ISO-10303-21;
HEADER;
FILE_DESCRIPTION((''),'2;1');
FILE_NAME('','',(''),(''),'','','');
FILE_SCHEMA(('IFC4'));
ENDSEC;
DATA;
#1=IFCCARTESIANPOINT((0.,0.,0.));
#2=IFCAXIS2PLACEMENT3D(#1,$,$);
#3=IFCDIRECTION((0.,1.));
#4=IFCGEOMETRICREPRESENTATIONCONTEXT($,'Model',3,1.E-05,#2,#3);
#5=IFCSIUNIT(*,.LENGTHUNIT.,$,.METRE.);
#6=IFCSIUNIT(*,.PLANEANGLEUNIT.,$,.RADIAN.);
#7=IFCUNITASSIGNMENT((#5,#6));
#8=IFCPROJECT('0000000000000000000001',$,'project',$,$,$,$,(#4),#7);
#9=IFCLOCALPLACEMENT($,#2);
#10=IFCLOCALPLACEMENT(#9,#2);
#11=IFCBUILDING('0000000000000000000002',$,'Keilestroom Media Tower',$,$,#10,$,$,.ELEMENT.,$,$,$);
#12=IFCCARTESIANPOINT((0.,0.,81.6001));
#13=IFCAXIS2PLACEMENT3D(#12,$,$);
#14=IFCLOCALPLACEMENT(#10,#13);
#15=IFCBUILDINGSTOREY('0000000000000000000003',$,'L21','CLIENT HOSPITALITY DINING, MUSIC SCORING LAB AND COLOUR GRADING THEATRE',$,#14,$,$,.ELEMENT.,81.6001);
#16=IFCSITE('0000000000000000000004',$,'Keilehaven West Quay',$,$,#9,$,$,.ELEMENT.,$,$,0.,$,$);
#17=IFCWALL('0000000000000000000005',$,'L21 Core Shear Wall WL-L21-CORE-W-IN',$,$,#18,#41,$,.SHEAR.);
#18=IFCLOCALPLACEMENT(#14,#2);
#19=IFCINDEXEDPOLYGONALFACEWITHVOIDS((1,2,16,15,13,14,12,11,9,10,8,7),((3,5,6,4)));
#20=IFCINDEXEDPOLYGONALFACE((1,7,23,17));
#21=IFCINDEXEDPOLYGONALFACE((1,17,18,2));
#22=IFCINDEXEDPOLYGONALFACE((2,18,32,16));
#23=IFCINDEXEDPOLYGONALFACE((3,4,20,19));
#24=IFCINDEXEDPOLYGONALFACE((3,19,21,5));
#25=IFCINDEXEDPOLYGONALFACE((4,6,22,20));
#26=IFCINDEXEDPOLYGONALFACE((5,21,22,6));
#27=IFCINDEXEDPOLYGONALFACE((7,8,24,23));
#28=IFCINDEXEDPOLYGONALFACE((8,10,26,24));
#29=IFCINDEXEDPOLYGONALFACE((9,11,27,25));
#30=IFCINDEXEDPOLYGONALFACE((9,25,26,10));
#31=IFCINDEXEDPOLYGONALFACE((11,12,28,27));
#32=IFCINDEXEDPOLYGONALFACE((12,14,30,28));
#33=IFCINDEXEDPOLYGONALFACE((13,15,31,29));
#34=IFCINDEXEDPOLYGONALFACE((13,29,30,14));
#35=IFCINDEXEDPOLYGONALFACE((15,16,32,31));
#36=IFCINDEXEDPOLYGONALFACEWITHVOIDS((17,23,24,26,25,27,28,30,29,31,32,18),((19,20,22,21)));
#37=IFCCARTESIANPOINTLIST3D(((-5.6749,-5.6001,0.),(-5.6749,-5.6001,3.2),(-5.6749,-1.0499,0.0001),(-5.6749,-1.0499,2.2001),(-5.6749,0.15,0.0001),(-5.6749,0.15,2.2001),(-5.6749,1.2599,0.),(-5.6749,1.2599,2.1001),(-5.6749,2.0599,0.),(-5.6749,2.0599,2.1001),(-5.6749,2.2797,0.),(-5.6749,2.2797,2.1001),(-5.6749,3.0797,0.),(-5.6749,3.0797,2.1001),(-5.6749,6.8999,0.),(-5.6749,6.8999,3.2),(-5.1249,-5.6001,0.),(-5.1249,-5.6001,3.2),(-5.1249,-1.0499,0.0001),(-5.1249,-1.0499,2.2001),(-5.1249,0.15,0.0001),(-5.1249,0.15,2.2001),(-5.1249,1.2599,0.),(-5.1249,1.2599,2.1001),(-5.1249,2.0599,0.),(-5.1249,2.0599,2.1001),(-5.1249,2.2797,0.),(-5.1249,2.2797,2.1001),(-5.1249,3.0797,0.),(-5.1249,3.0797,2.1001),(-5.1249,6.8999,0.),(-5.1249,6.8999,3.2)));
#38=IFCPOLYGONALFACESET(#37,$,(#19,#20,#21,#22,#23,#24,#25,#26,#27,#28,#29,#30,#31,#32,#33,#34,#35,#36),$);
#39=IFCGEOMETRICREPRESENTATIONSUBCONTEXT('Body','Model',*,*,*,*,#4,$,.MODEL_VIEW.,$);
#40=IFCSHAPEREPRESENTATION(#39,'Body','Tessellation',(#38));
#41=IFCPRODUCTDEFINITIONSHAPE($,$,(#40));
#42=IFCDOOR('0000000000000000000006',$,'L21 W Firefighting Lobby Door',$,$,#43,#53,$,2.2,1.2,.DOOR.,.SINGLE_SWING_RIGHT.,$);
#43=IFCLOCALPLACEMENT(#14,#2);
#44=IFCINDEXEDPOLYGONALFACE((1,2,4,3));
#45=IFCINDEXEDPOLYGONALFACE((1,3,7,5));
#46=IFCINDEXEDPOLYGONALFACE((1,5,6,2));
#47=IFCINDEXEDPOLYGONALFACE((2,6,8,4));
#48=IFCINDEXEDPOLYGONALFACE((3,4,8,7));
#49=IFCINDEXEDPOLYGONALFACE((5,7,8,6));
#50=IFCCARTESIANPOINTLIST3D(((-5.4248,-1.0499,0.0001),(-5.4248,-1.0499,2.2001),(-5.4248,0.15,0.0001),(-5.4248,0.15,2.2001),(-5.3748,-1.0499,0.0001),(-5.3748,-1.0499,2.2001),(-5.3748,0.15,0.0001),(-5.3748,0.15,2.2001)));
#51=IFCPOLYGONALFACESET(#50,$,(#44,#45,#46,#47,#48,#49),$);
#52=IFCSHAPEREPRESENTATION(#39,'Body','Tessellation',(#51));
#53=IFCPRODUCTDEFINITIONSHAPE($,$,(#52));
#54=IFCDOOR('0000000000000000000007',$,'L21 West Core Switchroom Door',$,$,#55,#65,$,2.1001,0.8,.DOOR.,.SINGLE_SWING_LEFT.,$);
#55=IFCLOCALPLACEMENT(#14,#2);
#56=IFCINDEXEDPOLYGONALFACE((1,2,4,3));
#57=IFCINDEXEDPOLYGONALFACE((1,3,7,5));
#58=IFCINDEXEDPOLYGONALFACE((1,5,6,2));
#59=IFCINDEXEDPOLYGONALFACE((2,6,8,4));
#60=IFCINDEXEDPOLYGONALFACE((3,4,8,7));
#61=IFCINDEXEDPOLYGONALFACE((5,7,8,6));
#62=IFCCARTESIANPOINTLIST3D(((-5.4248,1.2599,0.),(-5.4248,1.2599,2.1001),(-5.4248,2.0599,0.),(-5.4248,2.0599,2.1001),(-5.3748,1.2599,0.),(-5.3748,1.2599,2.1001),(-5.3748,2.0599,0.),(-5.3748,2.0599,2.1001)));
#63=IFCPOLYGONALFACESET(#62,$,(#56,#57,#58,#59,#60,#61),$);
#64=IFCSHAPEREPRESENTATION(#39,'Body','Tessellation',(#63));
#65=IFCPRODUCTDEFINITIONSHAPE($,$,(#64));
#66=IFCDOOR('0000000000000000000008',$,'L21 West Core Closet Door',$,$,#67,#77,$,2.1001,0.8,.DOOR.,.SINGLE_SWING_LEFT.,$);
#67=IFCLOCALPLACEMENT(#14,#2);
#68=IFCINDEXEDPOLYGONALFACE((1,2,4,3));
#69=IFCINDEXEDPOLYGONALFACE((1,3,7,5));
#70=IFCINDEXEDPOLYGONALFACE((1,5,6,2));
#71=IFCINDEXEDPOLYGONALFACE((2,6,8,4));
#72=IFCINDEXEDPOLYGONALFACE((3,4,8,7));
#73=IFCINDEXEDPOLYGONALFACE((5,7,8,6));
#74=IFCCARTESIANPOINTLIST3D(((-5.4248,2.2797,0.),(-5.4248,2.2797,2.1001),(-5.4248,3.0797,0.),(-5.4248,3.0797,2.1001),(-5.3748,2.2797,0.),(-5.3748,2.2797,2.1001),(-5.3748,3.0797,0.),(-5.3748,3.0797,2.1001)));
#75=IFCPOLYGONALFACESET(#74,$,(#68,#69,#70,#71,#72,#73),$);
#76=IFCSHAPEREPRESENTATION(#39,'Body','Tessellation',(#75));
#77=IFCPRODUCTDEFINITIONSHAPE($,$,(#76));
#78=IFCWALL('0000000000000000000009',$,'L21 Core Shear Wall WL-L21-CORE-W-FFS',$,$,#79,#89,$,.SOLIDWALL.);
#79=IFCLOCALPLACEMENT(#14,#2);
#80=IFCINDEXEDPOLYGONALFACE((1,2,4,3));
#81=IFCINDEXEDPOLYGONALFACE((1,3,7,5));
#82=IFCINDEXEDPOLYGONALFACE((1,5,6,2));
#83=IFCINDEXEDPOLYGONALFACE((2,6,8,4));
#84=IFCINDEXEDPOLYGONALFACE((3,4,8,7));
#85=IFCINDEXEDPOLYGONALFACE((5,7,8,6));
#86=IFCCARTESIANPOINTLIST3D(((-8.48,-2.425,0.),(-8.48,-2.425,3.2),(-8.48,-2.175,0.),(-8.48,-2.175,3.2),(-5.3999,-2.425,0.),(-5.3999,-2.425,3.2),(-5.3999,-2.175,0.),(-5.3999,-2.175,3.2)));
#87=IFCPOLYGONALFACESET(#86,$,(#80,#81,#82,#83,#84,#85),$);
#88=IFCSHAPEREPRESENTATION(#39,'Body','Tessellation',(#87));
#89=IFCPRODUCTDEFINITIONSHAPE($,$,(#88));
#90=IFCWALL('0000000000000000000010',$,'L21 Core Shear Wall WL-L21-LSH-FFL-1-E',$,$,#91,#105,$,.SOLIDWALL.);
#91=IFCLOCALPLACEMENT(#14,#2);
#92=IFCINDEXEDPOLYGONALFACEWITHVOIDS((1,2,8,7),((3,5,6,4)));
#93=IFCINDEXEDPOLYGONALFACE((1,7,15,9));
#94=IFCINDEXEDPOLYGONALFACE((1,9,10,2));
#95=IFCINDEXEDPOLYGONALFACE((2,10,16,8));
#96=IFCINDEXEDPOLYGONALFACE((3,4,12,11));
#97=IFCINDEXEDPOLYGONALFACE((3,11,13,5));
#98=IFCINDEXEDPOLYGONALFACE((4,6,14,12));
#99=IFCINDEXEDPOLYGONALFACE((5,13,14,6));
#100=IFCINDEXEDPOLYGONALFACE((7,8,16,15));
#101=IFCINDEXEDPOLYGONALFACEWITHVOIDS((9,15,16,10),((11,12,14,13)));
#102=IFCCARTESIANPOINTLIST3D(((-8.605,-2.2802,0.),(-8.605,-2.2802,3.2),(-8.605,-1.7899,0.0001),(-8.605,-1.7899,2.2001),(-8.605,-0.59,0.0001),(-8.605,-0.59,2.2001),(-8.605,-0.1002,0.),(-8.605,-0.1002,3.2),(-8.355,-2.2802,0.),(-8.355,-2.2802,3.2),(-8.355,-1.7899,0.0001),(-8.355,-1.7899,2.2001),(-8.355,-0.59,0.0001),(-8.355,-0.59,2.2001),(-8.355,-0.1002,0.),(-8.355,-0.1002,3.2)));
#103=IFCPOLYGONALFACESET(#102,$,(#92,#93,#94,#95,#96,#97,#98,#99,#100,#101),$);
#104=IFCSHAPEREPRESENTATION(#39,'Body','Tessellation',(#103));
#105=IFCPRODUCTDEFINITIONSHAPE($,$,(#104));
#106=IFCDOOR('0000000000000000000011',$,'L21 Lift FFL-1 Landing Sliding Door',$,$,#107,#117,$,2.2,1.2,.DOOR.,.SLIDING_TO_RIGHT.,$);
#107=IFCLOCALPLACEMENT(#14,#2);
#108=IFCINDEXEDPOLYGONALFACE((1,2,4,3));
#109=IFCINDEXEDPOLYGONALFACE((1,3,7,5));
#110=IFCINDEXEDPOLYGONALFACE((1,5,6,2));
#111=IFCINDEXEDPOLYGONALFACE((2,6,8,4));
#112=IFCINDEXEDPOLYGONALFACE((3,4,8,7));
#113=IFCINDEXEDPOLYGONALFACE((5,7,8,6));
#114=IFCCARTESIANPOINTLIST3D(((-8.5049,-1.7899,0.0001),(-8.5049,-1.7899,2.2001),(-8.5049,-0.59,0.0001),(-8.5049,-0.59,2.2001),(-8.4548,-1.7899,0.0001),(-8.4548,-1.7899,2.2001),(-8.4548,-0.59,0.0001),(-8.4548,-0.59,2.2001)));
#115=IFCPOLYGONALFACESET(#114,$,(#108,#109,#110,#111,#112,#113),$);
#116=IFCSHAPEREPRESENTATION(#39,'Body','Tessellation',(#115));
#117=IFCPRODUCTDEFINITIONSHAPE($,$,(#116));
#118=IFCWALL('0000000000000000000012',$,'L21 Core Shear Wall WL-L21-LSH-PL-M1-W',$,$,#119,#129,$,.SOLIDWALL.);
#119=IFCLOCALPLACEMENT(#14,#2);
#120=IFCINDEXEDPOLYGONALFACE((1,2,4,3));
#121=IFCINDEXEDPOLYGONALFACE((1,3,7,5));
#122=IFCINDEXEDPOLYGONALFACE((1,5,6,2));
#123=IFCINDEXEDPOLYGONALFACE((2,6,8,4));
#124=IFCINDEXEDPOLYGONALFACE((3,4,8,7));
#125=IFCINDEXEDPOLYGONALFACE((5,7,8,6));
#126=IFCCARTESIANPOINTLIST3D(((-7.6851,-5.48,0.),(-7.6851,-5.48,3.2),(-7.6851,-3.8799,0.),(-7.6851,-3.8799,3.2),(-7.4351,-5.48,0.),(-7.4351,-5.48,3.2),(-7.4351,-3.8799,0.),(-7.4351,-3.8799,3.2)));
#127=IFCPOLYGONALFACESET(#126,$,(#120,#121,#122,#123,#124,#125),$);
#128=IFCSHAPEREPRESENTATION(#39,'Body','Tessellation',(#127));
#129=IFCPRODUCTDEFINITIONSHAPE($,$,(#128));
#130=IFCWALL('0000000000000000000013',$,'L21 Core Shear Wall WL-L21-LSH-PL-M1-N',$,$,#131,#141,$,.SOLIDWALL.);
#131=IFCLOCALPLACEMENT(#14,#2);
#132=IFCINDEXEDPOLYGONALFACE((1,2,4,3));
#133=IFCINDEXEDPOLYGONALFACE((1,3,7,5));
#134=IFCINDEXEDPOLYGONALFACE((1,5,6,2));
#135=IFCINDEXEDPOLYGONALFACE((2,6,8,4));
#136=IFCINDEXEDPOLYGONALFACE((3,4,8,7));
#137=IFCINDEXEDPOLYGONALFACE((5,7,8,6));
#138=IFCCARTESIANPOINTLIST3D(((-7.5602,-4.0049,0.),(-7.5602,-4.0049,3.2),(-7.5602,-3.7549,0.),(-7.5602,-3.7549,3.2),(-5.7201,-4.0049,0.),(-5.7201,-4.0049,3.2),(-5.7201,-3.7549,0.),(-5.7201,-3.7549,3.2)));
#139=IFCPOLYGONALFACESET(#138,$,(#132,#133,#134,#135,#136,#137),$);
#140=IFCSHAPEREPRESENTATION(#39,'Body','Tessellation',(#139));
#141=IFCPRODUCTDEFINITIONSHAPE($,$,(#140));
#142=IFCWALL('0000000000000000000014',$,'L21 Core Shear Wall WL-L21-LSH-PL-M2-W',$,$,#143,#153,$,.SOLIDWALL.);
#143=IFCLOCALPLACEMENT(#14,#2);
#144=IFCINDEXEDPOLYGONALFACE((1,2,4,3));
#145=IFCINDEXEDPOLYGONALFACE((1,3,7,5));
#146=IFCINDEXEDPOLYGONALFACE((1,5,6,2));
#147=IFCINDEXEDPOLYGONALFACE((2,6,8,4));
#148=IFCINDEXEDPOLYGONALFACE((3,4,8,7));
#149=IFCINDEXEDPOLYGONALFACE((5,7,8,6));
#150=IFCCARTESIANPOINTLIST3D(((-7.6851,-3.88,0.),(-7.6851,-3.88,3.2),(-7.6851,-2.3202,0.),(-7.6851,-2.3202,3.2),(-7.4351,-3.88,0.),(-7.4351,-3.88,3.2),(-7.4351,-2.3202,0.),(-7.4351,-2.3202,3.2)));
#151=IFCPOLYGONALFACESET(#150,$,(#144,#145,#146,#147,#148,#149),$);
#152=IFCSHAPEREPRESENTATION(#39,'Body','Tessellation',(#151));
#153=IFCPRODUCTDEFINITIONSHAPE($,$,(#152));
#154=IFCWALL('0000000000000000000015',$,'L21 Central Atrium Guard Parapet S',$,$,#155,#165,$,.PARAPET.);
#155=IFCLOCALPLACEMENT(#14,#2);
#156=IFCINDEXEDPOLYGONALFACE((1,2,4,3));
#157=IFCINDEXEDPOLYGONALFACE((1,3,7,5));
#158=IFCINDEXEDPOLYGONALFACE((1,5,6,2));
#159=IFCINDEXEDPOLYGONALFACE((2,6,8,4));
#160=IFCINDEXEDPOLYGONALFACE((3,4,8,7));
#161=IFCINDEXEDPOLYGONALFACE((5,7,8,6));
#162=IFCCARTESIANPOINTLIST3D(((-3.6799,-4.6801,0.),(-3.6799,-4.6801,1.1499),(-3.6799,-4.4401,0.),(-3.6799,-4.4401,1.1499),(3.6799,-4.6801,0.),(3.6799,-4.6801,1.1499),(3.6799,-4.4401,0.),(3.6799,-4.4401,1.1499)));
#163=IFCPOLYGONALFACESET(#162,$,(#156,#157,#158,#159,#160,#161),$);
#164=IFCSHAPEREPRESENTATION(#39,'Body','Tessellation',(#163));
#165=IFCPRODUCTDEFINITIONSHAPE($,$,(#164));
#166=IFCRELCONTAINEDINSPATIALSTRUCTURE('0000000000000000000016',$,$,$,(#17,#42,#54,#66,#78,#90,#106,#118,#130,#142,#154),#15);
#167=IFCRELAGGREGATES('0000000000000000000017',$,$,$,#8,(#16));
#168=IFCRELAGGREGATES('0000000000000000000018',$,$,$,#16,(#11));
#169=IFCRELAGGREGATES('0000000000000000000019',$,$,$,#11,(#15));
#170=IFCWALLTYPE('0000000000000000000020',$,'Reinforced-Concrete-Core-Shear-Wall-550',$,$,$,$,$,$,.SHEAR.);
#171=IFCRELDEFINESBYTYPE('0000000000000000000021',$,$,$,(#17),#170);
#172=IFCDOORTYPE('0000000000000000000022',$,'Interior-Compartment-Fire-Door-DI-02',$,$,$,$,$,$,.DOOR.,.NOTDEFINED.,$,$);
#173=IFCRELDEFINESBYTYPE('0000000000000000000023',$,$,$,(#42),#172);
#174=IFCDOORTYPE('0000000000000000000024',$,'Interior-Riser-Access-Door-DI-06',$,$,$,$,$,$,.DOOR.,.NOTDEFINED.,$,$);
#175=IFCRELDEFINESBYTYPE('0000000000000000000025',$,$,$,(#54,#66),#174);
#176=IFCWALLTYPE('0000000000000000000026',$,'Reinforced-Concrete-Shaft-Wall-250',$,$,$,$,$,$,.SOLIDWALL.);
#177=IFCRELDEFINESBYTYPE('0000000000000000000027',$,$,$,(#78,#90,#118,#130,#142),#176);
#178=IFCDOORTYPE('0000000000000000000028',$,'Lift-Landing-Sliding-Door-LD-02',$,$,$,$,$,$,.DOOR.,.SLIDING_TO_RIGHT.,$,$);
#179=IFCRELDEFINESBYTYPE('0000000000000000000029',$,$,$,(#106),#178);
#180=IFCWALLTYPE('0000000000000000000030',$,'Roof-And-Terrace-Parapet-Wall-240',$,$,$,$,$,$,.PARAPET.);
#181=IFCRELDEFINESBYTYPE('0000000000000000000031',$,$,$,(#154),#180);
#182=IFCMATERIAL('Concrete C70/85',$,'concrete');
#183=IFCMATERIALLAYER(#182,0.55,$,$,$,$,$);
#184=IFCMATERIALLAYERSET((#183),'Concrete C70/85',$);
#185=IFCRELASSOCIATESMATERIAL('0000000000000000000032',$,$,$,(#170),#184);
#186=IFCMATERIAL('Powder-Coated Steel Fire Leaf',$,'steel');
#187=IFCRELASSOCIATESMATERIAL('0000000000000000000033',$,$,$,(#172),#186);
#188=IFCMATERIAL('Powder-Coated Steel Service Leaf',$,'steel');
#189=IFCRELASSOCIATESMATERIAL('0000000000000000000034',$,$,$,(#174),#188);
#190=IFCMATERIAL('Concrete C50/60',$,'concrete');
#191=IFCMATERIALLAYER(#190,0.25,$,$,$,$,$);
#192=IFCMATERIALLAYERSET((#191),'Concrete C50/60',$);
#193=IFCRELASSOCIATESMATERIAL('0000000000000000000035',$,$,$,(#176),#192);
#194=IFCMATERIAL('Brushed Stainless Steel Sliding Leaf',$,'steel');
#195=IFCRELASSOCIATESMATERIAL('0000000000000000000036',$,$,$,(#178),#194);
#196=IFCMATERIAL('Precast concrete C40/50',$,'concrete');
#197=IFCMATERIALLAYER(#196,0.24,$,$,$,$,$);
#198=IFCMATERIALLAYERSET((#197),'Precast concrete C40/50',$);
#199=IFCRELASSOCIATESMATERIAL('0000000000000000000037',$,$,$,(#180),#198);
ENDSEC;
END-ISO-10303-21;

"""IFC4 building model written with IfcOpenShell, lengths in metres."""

from ifc_helpers import new_model, si_unit, direction, frame, frame_2d, origin, place, context, subcontext, project, spatial, rectangle, extrude, source, transform, mapped, material, layer, layer_set, type_object, element, fill, save


model = new_model("IFC4")

# Units and contexts
model_context = context("Model", 3, precision=1e-05, world=origin(), true_north=direction((0.0, 1.0)))
body_context = subcontext(model_context, "Body", "Model", "MODEL_VIEW")
ifc_project = project(units=[si_unit("LENGTHUNIT", "METRE"), si_unit("PLANEANGLEUNIT", "RADIAN")], contexts=[model_context])

# Site, building, storey
site_placement = place(None, origin())
site = spatial("IfcSite", under=ifc_project, at=site_placement, Name="Keilehaven West Quay", CompositionType="ELEMENT", RefElevation=0.0)
building_placement = place(site_placement, origin())
building = spatial("IfcBuilding", under=site, at=building_placement, Name="Keilestroom Media Tower", CompositionType="ELEMENT")
storey_placement = place(building_placement, frame((0.0, 0.0, 81.6001)))
storey = spatial("IfcBuildingStorey", under=building, at=storey_placement, Name="L21", Description="CLIENT HOSPITALITY DINING, MUSIC SCORING LAB AND COLOUR GRADING THEATRE", CompositionType="ELEMENT", Elevation=81.6001)

# Shared definitions
ifc_material_1 = material(Name="Concrete C70/85", Category="concrete")

# Wall, openings, doors
ifc_layer_1 = layer(ifc_material_1, 0.55)
ifc_layer_set_1 = layer_set([ifc_layer_1], Name="Concrete C70/85")
wall_type_1 = type_object("IfcWallType", Name="Reinforced-Concrete-Core-Shear-Wall-550", PredefinedType="SHEAR", material=ifc_layer_set_1)
wall_1_placement = place(storey_placement, frame((-5.3999, -5.6001, 0.0), z_axis=(0.0, 0.0, 1.0), x_axis=(0.0, 1.0, 0.0)))
wall_1 = element("IfcWall", 1, at=wall_1_placement, inside=storey, type_object=wall_type_1, Name="L21 Core Shear Wall WL-L21-CORE-W-IN", PredefinedType="SHEAR", context=body_context, shape_type="SweptSolid", body=[
    extrude(rectangle(XDim=12.5, YDim=0.55, at=frame_2d((6.25, 0.0))), origin(), (0.0, 0.0, 1.0), 3.2),
])
opening_1_placement = place(wall_1_placement, frame((4.55, 0.0, 0.0)))
opening_1 = element("IfcOpeningElement", 2, at=opening_1_placement, cuts=wall_1, PredefinedType="OPENING", context=body_context, shape_type="SweptSolid", body=[
    extrude(rectangle(XDim=1.2, YDim=2.2, at=frame_2d((0.6001, 1.1001))), frame((0.0, 0.2852, 0.0), z_axis=(0.0, -1.0, 0.0), x_axis=(1.0, 0.0, 0.0)), (0.0, 0.0, 1.0), 0.5701),
])
opening_2_placement = place(wall_1_placement, frame((6.8601, 0.0, 0.0)))
opening_2 = element("IfcOpeningElement", 3, at=opening_2_placement, cuts=wall_1, PredefinedType="OPENING", context=body_context, shape_type="SweptSolid", body=[
    extrude(rectangle(XDim=0.8, YDim=2.1001, at=frame_2d((0.3999, 1.05))), frame((0.0, 0.2852, 0.0), z_axis=(0.0, -1.0, 0.0), x_axis=(1.0, 0.0, 0.0)), (0.0, 0.0, 1.0), 0.5701),
])
opening_3_placement = place(wall_1_placement, frame((7.8799, 0.0, 0.0)))
opening_3 = element("IfcOpeningElement", 4, at=opening_3_placement, cuts=wall_1, PredefinedType="OPENING", context=body_context, shape_type="SweptSolid", body=[
    extrude(rectangle(XDim=0.8, YDim=2.1001, at=frame_2d((0.3999, 1.05))), frame((0.0, 0.2852, 0.0), z_axis=(0.0, -1.0, 0.0), x_axis=(1.0, 0.0, 0.0)), (0.0, 0.0, 1.0), 0.5701),
])
ifc_material_2 = material(Name="Powder-Coated Steel Fire Leaf", Category="steel")
door_type_1 = type_object("IfcDoorType", Name="Interior-Compartment-Fire-Door-DI-02", OperationType="NOTDEFINED", PredefinedType="DOOR", material=ifc_material_2)
shared_shape_1 = source(origin(), body_context, "Body", "SweptSolid", [
    extrude(rectangle(XDim=1.2, YDim=2.2, at=frame_2d((0.6001, 1.1001))), frame((0.0, 0.0249, 0.0), z_axis=(0.0, -1.0, 0.0), x_axis=(1.0, 0.0, 0.0)), (0.0, 0.0, 1.0), 0.05),
])
door_1_placement = place(opening_1_placement, origin())
door_1 = element("IfcDoor", 5, at=door_1_placement, inside=storey, type_object=door_type_1, Name="L21 W Firefighting Lobby Door", OperationType="SINGLE_SWING_RIGHT", OverallHeight=2.2, OverallWidth=1.2, PredefinedType="DOOR", context=body_context, shape_type="MappedRepresentation", body=[
    mapped(shared_shape_1, transform((0.0, 0.0, 0.0), x_axis=(1.0, 0.0, 0.0), y_axis=(0.0, 1.0, 0.0), z_axis=(0.0, 0.0, 1.0), scale=1.0)),
])
fill(opening_1, door_1)
ifc_material_3 = material(Name="Powder-Coated Steel Service Leaf", Category="steel")
door_type_2 = type_object("IfcDoorType", Name="Interior-Riser-Access-Door-DI-06", OperationType="NOTDEFINED", PredefinedType="DOOR", material=ifc_material_3)
shared_shape_2 = source(origin(), body_context, "Body", "SweptSolid", [
    extrude(rectangle(XDim=0.8, YDim=2.1001, at=frame_2d((0.3999, 1.05))), frame((0.0, 0.0249, 0.0), z_axis=(0.0, -1.0, 0.0), x_axis=(1.0, 0.0, 0.0)), (0.0, 0.0, 1.0), 0.05),
])
door_2_placement = place(opening_2_placement, origin())
door_2 = element("IfcDoor", 6, at=door_2_placement, inside=storey, type_object=door_type_2, Name="L21 West Core Switchroom Door", OperationType="SINGLE_SWING_LEFT", OverallHeight=2.1001, OverallWidth=0.8, PredefinedType="DOOR", context=body_context, shape_type="MappedRepresentation", body=[
    mapped(shared_shape_2, transform((0.0, 0.0, 0.0), x_axis=(1.0, 0.0, 0.0), y_axis=(0.0, 1.0, 0.0), z_axis=(0.0, 0.0, 1.0), scale=1.0)),
])
fill(opening_2, door_2)
door_3_placement = place(opening_3_placement, origin())
door_3 = element("IfcDoor", 7, at=door_3_placement, inside=storey, type_object=door_type_2, Name="L21 West Core Closet Door", OperationType="SINGLE_SWING_LEFT", OverallHeight=2.1001, OverallWidth=0.8, PredefinedType="DOOR", context=body_context, shape_type="MappedRepresentation", body=[
    mapped(shared_shape_2, transform((0.0, 0.0, 0.0), x_axis=(1.0, 0.0, 0.0), y_axis=(0.0, 1.0, 0.0), z_axis=(0.0, 0.0, 1.0), scale=1.0)),
])
fill(opening_3, door_3)

# Wall
ifc_material_4 = material(Name="Concrete C50/60", Category="concrete")
ifc_layer_2 = layer(ifc_material_4, 0.25)
ifc_layer_set_2 = layer_set([ifc_layer_2], Name="Concrete C50/60")
wall_type_2 = type_object("IfcWallType", Name="Reinforced-Concrete-Shaft-Wall-250", PredefinedType="SOLIDWALL", material=ifc_layer_set_2)
wall_2_placement = place(storey_placement, frame((-8.48, -2.3, 0.0), z_axis=(0.0, 0.0, 1.0), x_axis=(1.0, 0.0, 0.0)))
element("IfcWall", 8, at=wall_2_placement, inside=storey, type_object=wall_type_2, Name="L21 Core Shear Wall WL-L21-CORE-W-FFS", PredefinedType="SOLIDWALL", context=body_context, shape_type="SweptSolid", body=[
    extrude(rectangle(XDim=3.0801, YDim=0.25, at=frame_2d((1.54, 0.0))), origin(), (0.0, 0.0, 1.0), 3.2),
])

# Wall, opening, door
wall_3_placement = place(storey_placement, frame((-8.48, -2.28, 0.0), z_axis=(0.0, 0.0, 1.0), x_axis=(0.0, 1.0, 0.0)))
wall_3 = element("IfcWall", 9, at=wall_3_placement, inside=storey, type_object=wall_type_2, Name="L21 Core Shear Wall WL-L21-LSH-FFL-1-E", PredefinedType="SOLIDWALL", context=body_context, shape_type="SweptSolid", body=[
    extrude(rectangle(XDim=2.1799, YDim=0.25, at=frame_2d((1.0898, 0.0))), origin(), (0.0, 0.0, 1.0), 3.2),
])
opening_4_placement = place(wall_3_placement, frame((0.49, 0.0, 0.0)))
opening_4 = element("IfcOpeningElement", 10, at=opening_4_placement, cuts=wall_3, PredefinedType="OPENING", context=body_context, shape_type="SweptSolid", body=[
    extrude(rectangle(XDim=1.2, YDim=2.2, at=frame_2d((0.6001, 1.1001))), frame((0.0, 0.135, 0.0), z_axis=(0.0, -1.0, 0.0), x_axis=(1.0, 0.0, 0.0)), (0.0, 0.0, 1.0), 0.27),
])
ifc_material_5 = material(Name="Brushed Stainless Steel Sliding Leaf", Category="steel")
door_type_3 = type_object("IfcDoorType", Name="Lift-Landing-Sliding-Door-LD-02", OperationType="SLIDING_TO_RIGHT", PredefinedType="DOOR", material=ifc_material_5)
door_4_placement = place(opening_4_placement, origin())
door_4 = element("IfcDoor", 11, at=door_4_placement, inside=storey, type_object=door_type_3, Name="L21 Lift FFL-1 Landing Sliding Door", OperationType="SLIDING_TO_RIGHT", OverallHeight=2.2, OverallWidth=1.2, PredefinedType="DOOR", context=body_context, shape_type="MappedRepresentation", body=[
    mapped(shared_shape_1, transform((0.0, 0.0, 0.0), x_axis=(1.0, 0.0, 0.0), y_axis=(0.0, 1.0, 0.0), z_axis=(0.0, 0.0, 1.0), scale=1.0)),
])
fill(opening_4, door_4)

# Walls
wall_4_placement = place(storey_placement, frame((-7.5601, -5.48, 0.0), z_axis=(0.0, 0.0, 1.0), x_axis=(0.0, 1.0, 0.0)))
element("IfcWall", 12, at=wall_4_placement, inside=storey, type_object=wall_type_2, Name="L21 Core Shear Wall WL-L21-LSH-PL-M1-W", PredefinedType="SOLIDWALL", context=body_context, shape_type="SweptSolid", body=[
    extrude(rectangle(XDim=1.6001, YDim=0.25, at=frame_2d((0.8, 0.0))), origin(), (0.0, 0.0, 1.0), 3.2),
])
wall_5_placement = place(storey_placement, frame((-7.5601, -3.8799, 0.0), z_axis=(0.0, 0.0, 1.0), x_axis=(1.0, 0.0, 0.0)))
element("IfcWall", 13, at=wall_5_placement, inside=storey, type_object=wall_type_2, Name="L21 Core Shear Wall WL-L21-LSH-PL-M1-N", PredefinedType="SOLIDWALL", context=body_context, shape_type="SweptSolid", body=[
    extrude(rectangle(XDim=1.8401, YDim=0.25, at=frame_2d((0.9199, 0.0))), origin(), (0.0, 0.0, 1.0), 3.2),
])
wall_6_placement = place(storey_placement, frame((-7.5601, -3.8799, 0.0), z_axis=(0.0, 0.0, 1.0), x_axis=(0.0, 1.0, 0.0)))
element("IfcWall", 14, at=wall_6_placement, inside=storey, type_object=wall_type_2, Name="L21 Core Shear Wall WL-L21-LSH-PL-M2-W", PredefinedType="SOLIDWALL", context=body_context, shape_type="SweptSolid", body=[
    extrude(rectangle(XDim=1.5598, YDim=0.25, at=frame_2d((0.7798, 0.0))), origin(), (0.0, 0.0, 1.0), 3.2),
])
ifc_material_6 = material(Name="Precast concrete C40/50", Category="concrete")
ifc_layer_3 = layer(ifc_material_6, 0.24)
ifc_layer_set_3 = layer_set([ifc_layer_3], Name="Precast concrete C40/50")
wall_type_3 = type_object("IfcWallType", Name="Roof-And-Terrace-Parapet-Wall-240", PredefinedType="PARAPET", material=ifc_layer_set_3)
wall_7_placement = place(storey_placement, frame((-3.6799, -4.5601, 0.0), z_axis=(0.0, 0.0, 1.0), x_axis=(1.0, 0.0, 0.0)))
element("IfcWall", 15, at=wall_7_placement, inside=storey, type_object=wall_type_3, Name="L21 Central Atrium Guard Parapet S", PredefinedType="PARAPET", context=body_context, shape_type="SweptSolid", body=[
    extrude(rectangle(XDim=7.3599, YDim=0.24, at=frame_2d((3.6799, 0.0))), origin(), (0.0, 0.0, 1.0), 1.1499),
])

save(model, "model.ifc")
